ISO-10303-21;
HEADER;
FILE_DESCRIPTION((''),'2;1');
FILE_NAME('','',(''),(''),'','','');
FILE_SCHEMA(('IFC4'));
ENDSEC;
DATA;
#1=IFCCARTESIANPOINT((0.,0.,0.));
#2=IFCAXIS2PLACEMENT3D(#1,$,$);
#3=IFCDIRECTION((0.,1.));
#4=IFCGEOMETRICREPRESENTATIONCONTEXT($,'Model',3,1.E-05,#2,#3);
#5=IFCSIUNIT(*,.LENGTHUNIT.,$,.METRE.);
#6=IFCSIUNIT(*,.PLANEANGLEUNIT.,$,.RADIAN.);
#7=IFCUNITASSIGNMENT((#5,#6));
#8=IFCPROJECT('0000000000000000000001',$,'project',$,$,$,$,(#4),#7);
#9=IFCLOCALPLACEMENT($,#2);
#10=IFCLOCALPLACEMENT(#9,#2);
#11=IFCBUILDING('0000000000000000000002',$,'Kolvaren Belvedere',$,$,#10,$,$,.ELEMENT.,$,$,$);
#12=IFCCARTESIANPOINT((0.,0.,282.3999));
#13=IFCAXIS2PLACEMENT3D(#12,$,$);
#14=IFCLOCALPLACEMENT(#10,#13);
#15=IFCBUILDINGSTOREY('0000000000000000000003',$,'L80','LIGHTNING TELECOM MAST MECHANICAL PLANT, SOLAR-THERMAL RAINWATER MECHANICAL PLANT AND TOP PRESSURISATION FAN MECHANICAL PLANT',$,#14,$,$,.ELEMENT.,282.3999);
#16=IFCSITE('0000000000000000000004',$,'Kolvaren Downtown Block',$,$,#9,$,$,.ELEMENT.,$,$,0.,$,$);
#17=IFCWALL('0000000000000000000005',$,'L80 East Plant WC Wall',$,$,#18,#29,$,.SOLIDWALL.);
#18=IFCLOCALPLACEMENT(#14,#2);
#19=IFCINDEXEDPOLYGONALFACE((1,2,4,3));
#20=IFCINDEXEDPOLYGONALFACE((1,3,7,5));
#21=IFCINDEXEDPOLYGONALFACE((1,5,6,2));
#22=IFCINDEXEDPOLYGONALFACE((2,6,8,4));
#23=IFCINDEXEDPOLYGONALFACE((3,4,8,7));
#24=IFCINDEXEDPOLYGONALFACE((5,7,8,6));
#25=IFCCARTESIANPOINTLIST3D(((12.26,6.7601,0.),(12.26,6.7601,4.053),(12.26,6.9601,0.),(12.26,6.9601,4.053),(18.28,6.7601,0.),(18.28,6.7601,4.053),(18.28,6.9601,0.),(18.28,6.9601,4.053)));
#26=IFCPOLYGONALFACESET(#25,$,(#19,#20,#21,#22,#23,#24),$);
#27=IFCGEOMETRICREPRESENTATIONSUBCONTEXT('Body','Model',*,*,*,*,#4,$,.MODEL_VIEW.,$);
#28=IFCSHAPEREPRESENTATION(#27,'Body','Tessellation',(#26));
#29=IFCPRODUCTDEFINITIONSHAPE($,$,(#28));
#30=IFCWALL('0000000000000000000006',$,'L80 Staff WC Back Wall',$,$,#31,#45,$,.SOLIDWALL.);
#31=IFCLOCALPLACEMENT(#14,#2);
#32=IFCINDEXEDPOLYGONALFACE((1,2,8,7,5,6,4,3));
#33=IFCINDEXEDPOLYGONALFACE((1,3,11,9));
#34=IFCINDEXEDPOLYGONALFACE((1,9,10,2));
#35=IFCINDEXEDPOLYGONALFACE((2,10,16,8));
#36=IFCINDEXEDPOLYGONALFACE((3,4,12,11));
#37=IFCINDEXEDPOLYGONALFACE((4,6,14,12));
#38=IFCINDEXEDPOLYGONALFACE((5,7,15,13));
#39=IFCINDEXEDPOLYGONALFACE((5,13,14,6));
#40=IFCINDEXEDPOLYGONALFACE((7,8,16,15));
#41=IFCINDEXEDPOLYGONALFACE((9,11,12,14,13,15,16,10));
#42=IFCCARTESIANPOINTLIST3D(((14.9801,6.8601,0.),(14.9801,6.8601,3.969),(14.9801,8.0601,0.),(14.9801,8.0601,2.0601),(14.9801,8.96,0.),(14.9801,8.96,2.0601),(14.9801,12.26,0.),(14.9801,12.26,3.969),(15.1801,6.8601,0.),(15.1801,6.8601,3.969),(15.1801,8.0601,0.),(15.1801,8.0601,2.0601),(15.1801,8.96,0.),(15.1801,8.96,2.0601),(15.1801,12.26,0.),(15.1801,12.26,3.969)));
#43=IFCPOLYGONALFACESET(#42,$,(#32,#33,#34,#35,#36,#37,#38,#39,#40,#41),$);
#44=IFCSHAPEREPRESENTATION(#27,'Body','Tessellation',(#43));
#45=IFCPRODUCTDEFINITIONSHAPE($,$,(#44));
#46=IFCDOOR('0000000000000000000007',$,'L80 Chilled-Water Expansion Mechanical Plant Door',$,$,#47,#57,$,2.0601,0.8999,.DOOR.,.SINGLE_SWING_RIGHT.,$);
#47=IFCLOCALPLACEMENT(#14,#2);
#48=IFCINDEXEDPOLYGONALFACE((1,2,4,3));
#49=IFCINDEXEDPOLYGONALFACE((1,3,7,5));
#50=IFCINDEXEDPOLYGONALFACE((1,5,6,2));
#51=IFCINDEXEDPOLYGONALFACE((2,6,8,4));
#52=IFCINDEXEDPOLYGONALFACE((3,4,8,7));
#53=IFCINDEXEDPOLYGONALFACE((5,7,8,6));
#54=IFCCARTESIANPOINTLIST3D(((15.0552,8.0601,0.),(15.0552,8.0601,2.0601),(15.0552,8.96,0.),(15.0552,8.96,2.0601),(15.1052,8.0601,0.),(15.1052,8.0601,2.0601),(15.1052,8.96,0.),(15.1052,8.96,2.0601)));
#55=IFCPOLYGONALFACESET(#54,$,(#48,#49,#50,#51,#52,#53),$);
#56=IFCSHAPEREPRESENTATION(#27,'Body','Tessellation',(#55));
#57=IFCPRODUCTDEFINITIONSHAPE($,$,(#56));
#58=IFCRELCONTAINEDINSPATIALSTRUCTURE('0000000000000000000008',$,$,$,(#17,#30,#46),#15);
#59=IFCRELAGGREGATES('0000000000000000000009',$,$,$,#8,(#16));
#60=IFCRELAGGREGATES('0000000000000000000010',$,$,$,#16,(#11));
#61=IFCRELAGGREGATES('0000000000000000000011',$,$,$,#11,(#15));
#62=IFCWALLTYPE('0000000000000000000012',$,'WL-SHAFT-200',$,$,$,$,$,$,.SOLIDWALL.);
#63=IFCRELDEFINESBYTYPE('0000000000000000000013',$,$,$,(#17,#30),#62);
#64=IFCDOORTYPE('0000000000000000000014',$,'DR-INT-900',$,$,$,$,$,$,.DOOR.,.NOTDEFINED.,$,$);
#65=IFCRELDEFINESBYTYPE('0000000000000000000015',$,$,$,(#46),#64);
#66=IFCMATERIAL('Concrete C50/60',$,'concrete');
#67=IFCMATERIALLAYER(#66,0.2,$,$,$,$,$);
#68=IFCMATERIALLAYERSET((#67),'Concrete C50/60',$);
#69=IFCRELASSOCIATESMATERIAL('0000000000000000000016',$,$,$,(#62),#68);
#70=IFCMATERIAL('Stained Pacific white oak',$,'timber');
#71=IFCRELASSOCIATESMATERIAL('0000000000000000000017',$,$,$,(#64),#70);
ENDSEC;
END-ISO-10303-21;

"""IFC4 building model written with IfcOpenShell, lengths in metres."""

from ifc_helpers import new_model, si_unit, direction, frame, frame_2d, origin, place, context, subcontext, project, spatial, rectangle, extrude, material, layer, layer_set, type_object, element, fill, save


model = new_model("IFC4")

# Units and contexts
model_context = context("Model", 3, precision=1e-05, world=origin(), true_north=direction((0.0, 1.0)))
body_context = subcontext(model_context, "Body", "Model", "MODEL_VIEW")
ifc_project = project(units=[si_unit("LENGTHUNIT", "METRE"), si_unit("PLANEANGLEUNIT", "RADIAN")], contexts=[model_context])

# Site, building, storey
site_placement = place(None, origin())
site = spatial("IfcSite", under=ifc_project, at=site_placement, Name="Kolvaren Downtown Block", CompositionType="ELEMENT", RefElevation=0.0)
building_placement = place(site_placement, origin())
building = spatial("IfcBuilding", under=site, at=building_placement, Name="Kolvaren Belvedere", CompositionType="ELEMENT")
storey_placement = place(building_placement, frame((0.0, 0.0, 282.3999)))
storey = spatial("IfcBuildingStorey", under=building, at=storey_placement, Name="L80", Description="LIGHTNING TELECOM MAST MECHANICAL PLANT, SOLAR-THERMAL RAINWATER MECHANICAL PLANT AND TOP PRESSURISATION FAN MECHANICAL PLANT", CompositionType="ELEMENT", Elevation=282.3999)

# Wall
ifc_material_1 = material(Name="Concrete C50/60", Category="concrete")
ifc_layer_1 = layer(ifc_material_1, 0.2)
ifc_layer_set_1 = layer_set([ifc_layer_1], Name="Concrete C50/60")
wall_type_1 = type_object("IfcWallType", Name="WL-SHAFT-200", PredefinedType="SOLIDWALL", material=ifc_layer_set_1)
wall_1_placement = place(storey_placement, frame((12.26, 6.8601, 0.0), z_axis=(0.0, 0.0, 1.0), x_axis=(1.0, 0.0, 0.0)))
element("IfcWall", 1, at=wall_1_placement, inside=storey, type_object=wall_type_1, Name="L80 East Plant WC Wall", PredefinedType="SOLIDWALL", context=body_context, shape_type="SweptSolid", body=[
    extrude(rectangle(XDim=6.02, YDim=0.2, at=frame_2d((3.01, 0.0))), origin(), (0.0, 0.0, 1.0), 4.053),
])

# Wall, opening, door
wall_2_placement = place(storey_placement, frame((15.0801, 6.8601, 0.0), z_axis=(0.0, 0.0, 1.0), x_axis=(0.0, 1.0, 0.0)))
wall_2 = element("IfcWall", 2, at=wall_2_placement, inside=storey, type_object=wall_type_1, Name="L80 Staff WC Back Wall", PredefinedType="SOLIDWALL", context=body_context, shape_type="SweptSolid", body=[
    extrude(rectangle(XDim=5.3999, YDim=0.2, at=frame_2d((2.7, 0.0))), origin(), (0.0, 0.0, 1.0), 3.969),
])
opening_placement = place(wall_2_placement, frame((1.2, 0.0, 0.0)))
opening = element("IfcOpeningElement", 3, at=opening_placement, cuts=wall_2, PredefinedType="OPENING", context=body_context, shape_type="SweptSolid", body=[
    extrude(rectangle(XDim=0.8999, YDim=2.0601, at=frame_2d((0.45, 1.03))), frame((0.0, 0.1099, 0.0), z_axis=(0.0, -1.0, 0.0), x_axis=(1.0, 0.0, 0.0)), (0.0, 0.0, 1.0), 0.22),
])
ifc_material_2 = material(Name="Stained Pacific white oak", Category="timber")
door_type = type_object("IfcDoorType", Name="DR-INT-900", OperationType="NOTDEFINED", PredefinedType="DOOR", material=ifc_material_2)
door_placement = place(opening_placement, origin())
door = element("IfcDoor", 4, at=door_placement, inside=storey, type_object=door_type, Name="L80 Chilled-Water Expansion Mechanical Plant Door", OperationType="SINGLE_SWING_RIGHT", OverallHeight=2.0601, OverallWidth=0.8999, PredefinedType="DOOR", context=body_context, shape_type="SweptSolid", body=[
    extrude(rectangle(XDim=0.8999, YDim=2.0601, at=frame_2d((0.45, 1.03))), frame((0.0, 0.0249, 0.0), z_axis=(0.0, -1.0, 0.0), x_axis=(1.0, 0.0, 0.0)), (0.0, 0.0, 1.0), 0.05),
])
fill(opening, door)

save(model, "model.ifc")
